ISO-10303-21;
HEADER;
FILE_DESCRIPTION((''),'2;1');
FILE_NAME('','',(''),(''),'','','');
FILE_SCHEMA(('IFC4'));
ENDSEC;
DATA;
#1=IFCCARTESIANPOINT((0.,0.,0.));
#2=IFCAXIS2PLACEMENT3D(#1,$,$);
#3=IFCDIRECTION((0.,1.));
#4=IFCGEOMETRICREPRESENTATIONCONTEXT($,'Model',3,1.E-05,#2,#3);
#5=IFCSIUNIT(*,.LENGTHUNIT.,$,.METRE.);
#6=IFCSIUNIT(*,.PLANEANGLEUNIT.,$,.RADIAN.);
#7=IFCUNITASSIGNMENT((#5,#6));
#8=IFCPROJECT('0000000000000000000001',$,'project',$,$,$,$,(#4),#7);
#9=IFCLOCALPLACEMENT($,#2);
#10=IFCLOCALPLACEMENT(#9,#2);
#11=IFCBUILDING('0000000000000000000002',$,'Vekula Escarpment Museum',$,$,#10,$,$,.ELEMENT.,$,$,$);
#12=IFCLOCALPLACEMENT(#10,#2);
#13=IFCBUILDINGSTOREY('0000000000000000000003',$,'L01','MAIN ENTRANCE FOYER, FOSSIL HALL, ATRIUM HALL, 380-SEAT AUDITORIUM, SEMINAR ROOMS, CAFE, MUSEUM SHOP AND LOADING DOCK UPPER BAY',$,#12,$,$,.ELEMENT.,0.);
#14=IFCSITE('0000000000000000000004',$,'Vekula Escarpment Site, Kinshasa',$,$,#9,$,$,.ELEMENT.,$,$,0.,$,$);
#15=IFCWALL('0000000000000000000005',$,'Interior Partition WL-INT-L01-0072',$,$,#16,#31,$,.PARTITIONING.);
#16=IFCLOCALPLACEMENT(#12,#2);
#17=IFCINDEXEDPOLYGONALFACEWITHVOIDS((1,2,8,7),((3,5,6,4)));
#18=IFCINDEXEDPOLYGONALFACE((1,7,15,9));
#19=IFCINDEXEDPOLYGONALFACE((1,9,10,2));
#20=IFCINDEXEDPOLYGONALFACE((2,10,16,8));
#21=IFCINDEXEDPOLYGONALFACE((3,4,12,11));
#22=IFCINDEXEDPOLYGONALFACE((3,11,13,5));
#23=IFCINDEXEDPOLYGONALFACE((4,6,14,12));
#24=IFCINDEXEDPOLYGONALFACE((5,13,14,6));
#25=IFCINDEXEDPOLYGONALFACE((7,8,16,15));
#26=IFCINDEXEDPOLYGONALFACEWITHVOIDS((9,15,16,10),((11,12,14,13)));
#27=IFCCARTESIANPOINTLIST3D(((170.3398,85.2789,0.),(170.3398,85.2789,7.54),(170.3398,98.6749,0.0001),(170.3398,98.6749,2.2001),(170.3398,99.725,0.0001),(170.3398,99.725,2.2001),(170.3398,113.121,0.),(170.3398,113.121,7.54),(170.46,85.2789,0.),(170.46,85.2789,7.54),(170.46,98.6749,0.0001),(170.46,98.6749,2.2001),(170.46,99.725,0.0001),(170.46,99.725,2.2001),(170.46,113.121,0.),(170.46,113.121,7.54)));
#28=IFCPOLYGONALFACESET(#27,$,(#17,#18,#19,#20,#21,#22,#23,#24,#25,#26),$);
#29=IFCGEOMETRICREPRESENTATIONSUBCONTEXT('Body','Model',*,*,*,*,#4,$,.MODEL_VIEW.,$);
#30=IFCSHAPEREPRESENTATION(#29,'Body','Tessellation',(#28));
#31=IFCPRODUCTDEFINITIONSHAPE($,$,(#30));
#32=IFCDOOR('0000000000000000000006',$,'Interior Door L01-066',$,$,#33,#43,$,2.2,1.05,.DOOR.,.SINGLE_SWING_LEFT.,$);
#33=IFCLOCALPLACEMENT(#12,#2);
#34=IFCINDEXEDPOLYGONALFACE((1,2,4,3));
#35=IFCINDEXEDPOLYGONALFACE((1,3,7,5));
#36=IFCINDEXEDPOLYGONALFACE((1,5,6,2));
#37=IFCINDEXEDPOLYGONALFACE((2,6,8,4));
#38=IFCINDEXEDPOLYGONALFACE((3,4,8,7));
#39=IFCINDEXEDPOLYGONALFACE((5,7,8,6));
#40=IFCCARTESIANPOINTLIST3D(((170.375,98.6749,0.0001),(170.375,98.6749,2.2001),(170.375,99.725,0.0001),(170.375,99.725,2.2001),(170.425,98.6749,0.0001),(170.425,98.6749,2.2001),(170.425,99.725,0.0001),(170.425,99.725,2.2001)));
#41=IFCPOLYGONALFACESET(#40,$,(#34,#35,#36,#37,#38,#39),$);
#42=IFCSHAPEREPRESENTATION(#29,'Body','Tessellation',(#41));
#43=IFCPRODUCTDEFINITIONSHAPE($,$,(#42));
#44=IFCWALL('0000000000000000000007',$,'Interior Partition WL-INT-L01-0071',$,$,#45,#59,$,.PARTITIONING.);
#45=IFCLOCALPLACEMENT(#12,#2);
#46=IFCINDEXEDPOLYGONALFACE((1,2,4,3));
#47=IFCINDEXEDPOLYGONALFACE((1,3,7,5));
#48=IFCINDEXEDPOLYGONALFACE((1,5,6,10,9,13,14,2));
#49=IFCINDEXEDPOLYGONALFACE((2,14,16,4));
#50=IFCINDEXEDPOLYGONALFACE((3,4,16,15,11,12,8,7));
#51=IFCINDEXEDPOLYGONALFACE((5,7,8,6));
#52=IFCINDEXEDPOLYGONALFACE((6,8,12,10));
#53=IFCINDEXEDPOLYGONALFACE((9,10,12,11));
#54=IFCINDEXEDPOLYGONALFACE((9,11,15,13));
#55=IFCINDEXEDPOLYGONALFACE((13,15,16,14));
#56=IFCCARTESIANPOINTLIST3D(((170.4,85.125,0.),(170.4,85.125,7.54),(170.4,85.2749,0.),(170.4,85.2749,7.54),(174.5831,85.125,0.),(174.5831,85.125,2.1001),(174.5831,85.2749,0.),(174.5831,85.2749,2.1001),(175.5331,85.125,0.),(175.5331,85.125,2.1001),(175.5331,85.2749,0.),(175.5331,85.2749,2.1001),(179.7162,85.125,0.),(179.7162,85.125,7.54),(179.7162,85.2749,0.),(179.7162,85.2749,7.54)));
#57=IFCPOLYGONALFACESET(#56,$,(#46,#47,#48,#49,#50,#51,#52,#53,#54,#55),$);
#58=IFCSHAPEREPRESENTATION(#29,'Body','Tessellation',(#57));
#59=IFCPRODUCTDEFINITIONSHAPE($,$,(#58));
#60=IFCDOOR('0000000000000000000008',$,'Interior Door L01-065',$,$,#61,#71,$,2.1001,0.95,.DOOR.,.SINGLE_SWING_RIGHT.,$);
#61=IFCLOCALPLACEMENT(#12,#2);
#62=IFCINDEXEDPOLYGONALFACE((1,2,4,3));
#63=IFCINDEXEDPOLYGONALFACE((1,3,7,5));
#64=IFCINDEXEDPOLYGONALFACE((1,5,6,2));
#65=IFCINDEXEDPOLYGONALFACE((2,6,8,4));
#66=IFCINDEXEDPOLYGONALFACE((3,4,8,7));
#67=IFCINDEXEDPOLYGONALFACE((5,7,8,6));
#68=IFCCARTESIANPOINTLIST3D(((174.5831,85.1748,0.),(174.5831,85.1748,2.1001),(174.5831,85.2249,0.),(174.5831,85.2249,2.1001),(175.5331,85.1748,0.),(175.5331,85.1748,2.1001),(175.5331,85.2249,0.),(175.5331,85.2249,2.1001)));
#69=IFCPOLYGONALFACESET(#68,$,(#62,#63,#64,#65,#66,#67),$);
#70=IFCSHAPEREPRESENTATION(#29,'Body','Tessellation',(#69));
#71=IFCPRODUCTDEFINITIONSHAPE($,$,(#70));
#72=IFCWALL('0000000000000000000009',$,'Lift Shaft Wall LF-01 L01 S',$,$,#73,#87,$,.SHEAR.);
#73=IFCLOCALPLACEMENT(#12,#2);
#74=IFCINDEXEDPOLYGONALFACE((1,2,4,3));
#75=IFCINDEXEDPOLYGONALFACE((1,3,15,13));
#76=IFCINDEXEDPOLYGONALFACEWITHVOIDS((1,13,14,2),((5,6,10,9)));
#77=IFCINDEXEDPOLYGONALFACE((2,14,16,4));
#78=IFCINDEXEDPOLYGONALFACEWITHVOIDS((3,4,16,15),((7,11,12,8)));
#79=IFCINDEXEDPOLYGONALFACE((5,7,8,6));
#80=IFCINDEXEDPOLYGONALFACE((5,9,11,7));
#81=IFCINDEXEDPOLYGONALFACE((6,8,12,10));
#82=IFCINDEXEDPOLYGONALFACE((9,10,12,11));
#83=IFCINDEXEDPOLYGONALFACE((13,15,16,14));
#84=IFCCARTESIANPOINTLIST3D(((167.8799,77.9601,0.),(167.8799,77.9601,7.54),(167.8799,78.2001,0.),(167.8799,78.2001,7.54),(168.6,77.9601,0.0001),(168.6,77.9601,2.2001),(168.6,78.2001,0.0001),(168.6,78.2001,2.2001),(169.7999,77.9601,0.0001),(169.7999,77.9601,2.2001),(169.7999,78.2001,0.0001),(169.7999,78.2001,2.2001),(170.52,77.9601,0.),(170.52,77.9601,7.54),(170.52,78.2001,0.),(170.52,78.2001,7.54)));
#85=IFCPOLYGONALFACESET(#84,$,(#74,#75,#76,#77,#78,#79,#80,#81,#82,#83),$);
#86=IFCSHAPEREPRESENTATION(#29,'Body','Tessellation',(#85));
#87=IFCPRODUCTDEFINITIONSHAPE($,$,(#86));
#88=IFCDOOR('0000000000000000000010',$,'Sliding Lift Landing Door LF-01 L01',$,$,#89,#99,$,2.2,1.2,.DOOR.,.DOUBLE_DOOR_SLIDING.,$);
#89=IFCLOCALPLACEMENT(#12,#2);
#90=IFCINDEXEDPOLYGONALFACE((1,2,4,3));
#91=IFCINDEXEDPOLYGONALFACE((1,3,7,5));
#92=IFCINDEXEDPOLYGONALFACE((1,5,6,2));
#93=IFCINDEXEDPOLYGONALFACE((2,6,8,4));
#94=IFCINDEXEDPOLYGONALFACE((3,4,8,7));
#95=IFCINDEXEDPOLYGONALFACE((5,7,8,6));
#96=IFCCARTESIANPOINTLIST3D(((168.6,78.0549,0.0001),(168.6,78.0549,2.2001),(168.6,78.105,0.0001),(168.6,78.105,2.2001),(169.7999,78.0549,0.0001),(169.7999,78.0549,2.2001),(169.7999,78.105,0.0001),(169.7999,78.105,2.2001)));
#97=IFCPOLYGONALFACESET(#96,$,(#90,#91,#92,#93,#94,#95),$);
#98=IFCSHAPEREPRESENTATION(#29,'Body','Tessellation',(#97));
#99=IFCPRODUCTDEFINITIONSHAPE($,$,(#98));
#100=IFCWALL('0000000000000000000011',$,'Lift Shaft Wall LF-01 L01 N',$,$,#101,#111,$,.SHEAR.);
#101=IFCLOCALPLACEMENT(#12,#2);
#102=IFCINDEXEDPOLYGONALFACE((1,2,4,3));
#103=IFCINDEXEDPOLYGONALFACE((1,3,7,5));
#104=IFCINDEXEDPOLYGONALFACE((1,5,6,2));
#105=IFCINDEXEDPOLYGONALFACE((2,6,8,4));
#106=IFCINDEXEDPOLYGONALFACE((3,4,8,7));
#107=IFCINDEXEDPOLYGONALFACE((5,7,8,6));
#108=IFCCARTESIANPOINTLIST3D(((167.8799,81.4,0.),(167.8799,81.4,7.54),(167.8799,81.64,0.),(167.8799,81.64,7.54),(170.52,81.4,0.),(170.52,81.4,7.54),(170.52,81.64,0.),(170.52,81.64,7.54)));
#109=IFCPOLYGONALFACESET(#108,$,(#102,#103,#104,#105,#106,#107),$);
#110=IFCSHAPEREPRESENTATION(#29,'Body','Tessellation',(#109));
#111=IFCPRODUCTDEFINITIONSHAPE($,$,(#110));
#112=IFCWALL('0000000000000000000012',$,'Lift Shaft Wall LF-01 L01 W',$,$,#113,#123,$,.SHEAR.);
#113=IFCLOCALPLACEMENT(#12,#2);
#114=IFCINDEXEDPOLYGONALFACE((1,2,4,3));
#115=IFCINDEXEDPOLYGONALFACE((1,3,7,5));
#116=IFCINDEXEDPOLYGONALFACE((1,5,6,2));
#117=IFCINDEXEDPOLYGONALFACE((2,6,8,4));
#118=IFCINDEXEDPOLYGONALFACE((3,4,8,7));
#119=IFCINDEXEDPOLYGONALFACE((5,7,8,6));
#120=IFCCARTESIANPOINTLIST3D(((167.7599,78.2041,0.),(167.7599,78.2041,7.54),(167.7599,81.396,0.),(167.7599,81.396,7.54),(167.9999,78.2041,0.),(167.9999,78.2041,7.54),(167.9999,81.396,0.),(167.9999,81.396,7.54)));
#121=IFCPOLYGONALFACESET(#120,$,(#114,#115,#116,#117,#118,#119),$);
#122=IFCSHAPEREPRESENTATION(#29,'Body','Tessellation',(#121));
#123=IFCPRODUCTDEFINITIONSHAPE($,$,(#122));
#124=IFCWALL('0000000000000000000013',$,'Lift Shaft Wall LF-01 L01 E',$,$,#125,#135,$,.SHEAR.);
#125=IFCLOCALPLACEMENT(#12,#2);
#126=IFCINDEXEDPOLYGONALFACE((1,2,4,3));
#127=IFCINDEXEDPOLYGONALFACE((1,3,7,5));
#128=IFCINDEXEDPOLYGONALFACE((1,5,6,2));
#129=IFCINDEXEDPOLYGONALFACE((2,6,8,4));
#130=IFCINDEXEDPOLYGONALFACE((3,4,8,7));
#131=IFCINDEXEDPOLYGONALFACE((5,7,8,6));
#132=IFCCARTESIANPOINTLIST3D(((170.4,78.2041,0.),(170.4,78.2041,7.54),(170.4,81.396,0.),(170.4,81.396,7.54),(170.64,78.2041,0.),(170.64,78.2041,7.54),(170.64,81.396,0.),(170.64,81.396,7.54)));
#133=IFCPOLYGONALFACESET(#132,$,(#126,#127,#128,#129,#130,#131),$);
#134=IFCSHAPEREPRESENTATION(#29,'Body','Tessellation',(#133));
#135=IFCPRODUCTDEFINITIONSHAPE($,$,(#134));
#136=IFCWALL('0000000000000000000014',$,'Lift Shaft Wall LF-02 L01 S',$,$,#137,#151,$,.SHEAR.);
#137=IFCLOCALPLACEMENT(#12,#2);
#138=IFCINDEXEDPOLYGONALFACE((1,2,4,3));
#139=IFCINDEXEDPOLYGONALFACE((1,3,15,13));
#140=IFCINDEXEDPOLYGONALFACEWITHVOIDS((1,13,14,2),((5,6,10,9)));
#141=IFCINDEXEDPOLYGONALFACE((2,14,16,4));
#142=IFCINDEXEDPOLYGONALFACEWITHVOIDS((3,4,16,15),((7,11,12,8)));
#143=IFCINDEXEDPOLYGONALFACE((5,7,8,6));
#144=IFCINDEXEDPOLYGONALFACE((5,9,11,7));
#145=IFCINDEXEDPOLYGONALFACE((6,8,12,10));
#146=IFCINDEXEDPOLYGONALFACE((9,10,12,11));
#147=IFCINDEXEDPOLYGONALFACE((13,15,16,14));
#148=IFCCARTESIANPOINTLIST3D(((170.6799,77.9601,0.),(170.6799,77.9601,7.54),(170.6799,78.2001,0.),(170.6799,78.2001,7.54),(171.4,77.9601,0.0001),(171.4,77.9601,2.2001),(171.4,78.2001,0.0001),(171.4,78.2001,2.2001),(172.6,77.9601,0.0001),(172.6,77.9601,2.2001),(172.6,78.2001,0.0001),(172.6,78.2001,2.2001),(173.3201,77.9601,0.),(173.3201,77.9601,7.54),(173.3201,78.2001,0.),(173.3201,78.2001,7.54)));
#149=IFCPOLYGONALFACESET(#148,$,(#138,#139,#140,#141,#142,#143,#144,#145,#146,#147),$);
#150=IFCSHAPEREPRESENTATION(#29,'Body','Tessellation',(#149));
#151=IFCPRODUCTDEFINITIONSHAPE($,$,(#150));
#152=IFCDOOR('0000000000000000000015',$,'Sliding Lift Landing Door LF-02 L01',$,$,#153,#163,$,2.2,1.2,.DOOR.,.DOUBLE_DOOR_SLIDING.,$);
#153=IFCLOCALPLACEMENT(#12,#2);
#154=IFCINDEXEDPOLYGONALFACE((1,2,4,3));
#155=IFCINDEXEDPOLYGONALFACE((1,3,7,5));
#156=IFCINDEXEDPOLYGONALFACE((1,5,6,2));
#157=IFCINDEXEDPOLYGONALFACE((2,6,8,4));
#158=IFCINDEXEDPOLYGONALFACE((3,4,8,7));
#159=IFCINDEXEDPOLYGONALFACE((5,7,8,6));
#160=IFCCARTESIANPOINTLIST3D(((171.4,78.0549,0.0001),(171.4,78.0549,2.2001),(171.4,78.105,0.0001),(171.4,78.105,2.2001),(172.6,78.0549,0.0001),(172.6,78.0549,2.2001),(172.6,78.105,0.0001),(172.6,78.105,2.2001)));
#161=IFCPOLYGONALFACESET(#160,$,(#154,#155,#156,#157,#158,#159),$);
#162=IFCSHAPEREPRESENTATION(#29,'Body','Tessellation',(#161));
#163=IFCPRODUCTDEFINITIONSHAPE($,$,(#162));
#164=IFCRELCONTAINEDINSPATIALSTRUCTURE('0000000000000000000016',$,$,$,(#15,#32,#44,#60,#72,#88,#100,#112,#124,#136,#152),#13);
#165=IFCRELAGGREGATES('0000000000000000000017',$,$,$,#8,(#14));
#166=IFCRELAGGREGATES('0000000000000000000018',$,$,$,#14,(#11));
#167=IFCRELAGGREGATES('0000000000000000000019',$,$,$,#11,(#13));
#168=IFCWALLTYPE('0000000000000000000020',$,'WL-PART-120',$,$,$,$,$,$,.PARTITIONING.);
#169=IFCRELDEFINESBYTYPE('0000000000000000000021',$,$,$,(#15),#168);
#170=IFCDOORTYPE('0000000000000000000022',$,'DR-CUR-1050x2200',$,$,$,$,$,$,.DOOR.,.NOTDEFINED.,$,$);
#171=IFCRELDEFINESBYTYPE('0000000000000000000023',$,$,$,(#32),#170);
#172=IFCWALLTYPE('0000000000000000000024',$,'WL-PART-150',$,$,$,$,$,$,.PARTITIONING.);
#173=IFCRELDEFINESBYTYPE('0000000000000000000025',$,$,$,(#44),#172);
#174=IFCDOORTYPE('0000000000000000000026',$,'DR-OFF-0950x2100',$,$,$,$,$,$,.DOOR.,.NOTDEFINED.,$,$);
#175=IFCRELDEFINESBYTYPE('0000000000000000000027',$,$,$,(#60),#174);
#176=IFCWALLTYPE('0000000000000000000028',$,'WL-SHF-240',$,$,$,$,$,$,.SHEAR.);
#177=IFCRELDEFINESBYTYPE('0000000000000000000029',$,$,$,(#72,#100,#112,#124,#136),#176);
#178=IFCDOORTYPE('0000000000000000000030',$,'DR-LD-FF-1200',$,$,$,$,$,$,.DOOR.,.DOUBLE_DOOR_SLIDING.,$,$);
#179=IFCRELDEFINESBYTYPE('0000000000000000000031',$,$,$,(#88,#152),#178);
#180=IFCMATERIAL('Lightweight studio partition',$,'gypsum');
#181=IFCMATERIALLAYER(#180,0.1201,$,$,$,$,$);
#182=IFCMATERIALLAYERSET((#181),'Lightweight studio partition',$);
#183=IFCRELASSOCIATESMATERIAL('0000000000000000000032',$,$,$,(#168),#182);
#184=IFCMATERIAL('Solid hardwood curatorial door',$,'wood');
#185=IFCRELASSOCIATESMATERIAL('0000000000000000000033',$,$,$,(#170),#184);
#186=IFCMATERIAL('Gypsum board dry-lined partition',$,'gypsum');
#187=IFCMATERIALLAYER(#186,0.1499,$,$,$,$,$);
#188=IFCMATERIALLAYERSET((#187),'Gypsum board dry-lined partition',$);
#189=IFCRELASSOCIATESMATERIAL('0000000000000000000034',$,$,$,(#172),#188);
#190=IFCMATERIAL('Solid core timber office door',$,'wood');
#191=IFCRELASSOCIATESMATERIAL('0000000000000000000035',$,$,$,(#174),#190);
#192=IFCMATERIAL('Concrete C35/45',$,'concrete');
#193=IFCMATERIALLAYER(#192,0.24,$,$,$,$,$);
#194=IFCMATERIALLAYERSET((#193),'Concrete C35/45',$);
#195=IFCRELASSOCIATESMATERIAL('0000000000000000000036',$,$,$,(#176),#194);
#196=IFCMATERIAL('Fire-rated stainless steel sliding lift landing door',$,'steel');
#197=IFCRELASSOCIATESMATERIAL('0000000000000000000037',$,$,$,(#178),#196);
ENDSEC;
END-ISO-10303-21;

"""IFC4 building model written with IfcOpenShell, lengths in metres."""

from ifc_helpers import new_model, si_unit, direction, frame, frame_2d, origin, place, context, subcontext, project, spatial, rectangle, extrude, material, layer, layer_set, type_object, element, fill, save


model = new_model("IFC4")

# Units and contexts
model_context = context("Model", 3, precision=1e-05, world=origin(), true_north=direction((0.0, 1.0)))
body_context = subcontext(model_context, "Body", "Model", "MODEL_VIEW")
ifc_project = project(units=[si_unit("LENGTHUNIT", "METRE"), si_unit("PLANEANGLEUNIT", "RADIAN")], contexts=[model_context])

# Site, building, storey
site_placement = place(None, origin())
site = spatial("IfcSite", under=ifc_project, at=site_placement, Name="Vekula Escarpment Site, Kinshasa", CompositionType="ELEMENT", RefElevation=0.0)
building_placement = place(site_placement, origin())
building = spatial("IfcBuilding", under=site, at=building_placement, Name="Vekula Escarpment Museum", CompositionType="ELEMENT")
storey_placement = place(building_placement, origin())
storey = spatial("IfcBuildingStorey", under=building, at=storey_placement, Name="L01", Description="MAIN ENTRANCE FOYER, FOSSIL HALL, ATRIUM HALL, 380-SEAT AUDITORIUM, SEMINAR ROOMS, CAFE, MUSEUM SHOP AND LOADING DOCK UPPER BAY", CompositionType="ELEMENT", Elevation=0.0)

# Walls, openings, doors
ifc_material_1 = material(Name="Lightweight studio partition", Category="gypsum")
ifc_layer_1 = layer(ifc_material_1, 0.1201)
ifc_layer_set_1 = layer_set([ifc_layer_1], Name="Lightweight studio partition")
wall_type_1 = type_object("IfcWallType", Name="WL-PART-120", PredefinedType="PARTITIONING", material=ifc_layer_set_1)
wall_1_placement = place(storey_placement, frame((170.3999, 85.2791, 0.0), z_axis=(0.0, 0.0, 1.0), x_axis=(0.0, 1.0, 0.0)))
wall_1 = element("IfcWall", 1, at=wall_1_placement, inside=storey, type_object=wall_type_1, Name="Interior Partition WL-INT-L01-0072", PredefinedType="PARTITIONING", context=body_context, shape_type="SweptSolid", body=[
    extrude(rectangle(XDim=27.842, YDim=0.1201, at=frame_2d((13.9209, 0.0))), origin(), (0.0, 0.0, 1.0), 7.54),
])
opening_1_placement = place(wall_1_placement, frame((13.396, 0.0, 0.0)))
opening_1 = element("IfcOpeningElement", 2, at=opening_1_placement, cuts=wall_1, PredefinedType="OPENING", context=body_context, shape_type="SweptSolid", body=[
    extrude(rectangle(XDim=1.05, YDim=2.2, at=frame_2d((0.5249, 1.1001))), frame((0.0, 0.0701, 0.0), z_axis=(0.0, -1.0, 0.0), x_axis=(1.0, 0.0, 0.0)), (0.0, 0.0, 1.0), 0.1401),
])
ifc_material_2 = material(Name="Solid hardwood curatorial door", Category="wood")
door_type_1 = type_object("IfcDoorType", Name="DR-CUR-1050x2200", OperationType="NOTDEFINED", PredefinedType="DOOR", material=ifc_material_2)
door_1_placement = place(opening_1_placement, origin())
door_1 = element("IfcDoor", 3, at=door_1_placement, inside=storey, type_object=door_type_1, Name="Interior Door L01-066", OperationType="SINGLE_SWING_LEFT", OverallHeight=2.2, OverallWidth=1.05, PredefinedType="DOOR", context=body_context, shape_type="SweptSolid", body=[
    extrude(rectangle(XDim=1.05, YDim=2.2, at=frame_2d((0.5249, 1.1001))), frame((0.0, 0.0249, 0.0), z_axis=(0.0, -1.0, 0.0), x_axis=(1.0, 0.0, 0.0)), (0.0, 0.0, 1.0), 0.05),
])
fill(opening_1, door_1)
ifc_material_3 = material(Name="Gypsum board dry-lined partition", Category="gypsum")
ifc_layer_2 = layer(ifc_material_3, 0.1499)
ifc_layer_set_2 = layer_set([ifc_layer_2], Name="Gypsum board dry-lined partition")
wall_type_2 = type_object("IfcWallType", Name="WL-PART-150", PredefinedType="PARTITIONING", material=ifc_layer_set_2)
wall_2_placement = place(storey_placement, frame((170.3999, 85.2, 0.0), z_axis=(0.0, 0.0, 1.0), x_axis=(1.0, 0.0, 0.0)))
wall_2 = element("IfcWall", 4, at=wall_2_placement, inside=storey, type_object=wall_type_2, Name="Interior Partition WL-INT-L01-0071", PredefinedType="PARTITIONING", context=body_context, shape_type="SweptSolid", body=[
    extrude(rectangle(XDim=9.3162, YDim=0.1499, at=frame_2d((4.6582, 0.0))), origin(), (0.0, 0.0, 1.0), 7.54),
])
opening_2_placement = place(wall_2_placement, frame((4.1831, 0.0, 0.0)))
opening_2 = element("IfcOpeningElement", 5, at=opening_2_placement, cuts=wall_2, PredefinedType="OPENING", context=body_context, shape_type="SweptSolid", body=[
    extrude(rectangle(XDim=0.95, YDim=2.1001, at=frame_2d((0.4751, 1.05))), frame((0.0, 0.085, 0.0), z_axis=(0.0, -1.0, 0.0), x_axis=(1.0, 0.0, 0.0)), (0.0, 0.0, 1.0), 0.1699),
])
ifc_material_4 = material(Name="Solid core timber office door", Category="wood")
door_type_2 = type_object("IfcDoorType", Name="DR-OFF-0950x2100", OperationType="NOTDEFINED", PredefinedType="DOOR", material=ifc_material_4)
door_2_placement = place(opening_2_placement, origin())
door_2 = element("IfcDoor", 6, at=door_2_placement, inside=storey, type_object=door_type_2, Name="Interior Door L01-065", OperationType="SINGLE_SWING_RIGHT", OverallHeight=2.1001, OverallWidth=0.95, PredefinedType="DOOR", context=body_context, shape_type="SweptSolid", body=[
    extrude(rectangle(XDim=0.95, YDim=2.1001, at=frame_2d((0.4751, 1.05))), frame((0.0, 0.0249, 0.0), z_axis=(0.0, -1.0, 0.0), x_axis=(1.0, 0.0, 0.0)), (0.0, 0.0, 1.0), 0.05),
])
fill(opening_2, door_2)
ifc_material_5 = material(Name="Concrete C35/45", Category="concrete")
ifc_layer_3 = layer(ifc_material_5, 0.24)
ifc_layer_set_3 = layer_set([ifc_layer_3], Name="Concrete C35/45")
wall_type_3 = type_object("IfcWallType", Name="WL-SHF-240", PredefinedType="SHEAR", material=ifc_layer_set_3)
wall_3_placement = place(storey_placement, frame((167.8799, 78.0801, 0.0), z_axis=(0.0, 0.0, 1.0), x_axis=(1.0, 0.0, 0.0)))
wall_3 = element("IfcWall", 7, at=wall_3_placement, inside=storey, type_object=wall_type_3, Name="Lift Shaft Wall LF-01 L01 S", PredefinedType="SHEAR", context=body_context, shape_type="SweptSolid", body=[
    extrude(rectangle(XDim=2.6401, YDim=0.24, at=frame_2d((1.3201, 0.0))), origin(), (0.0, 0.0, 1.0), 7.54),
])
opening_3_placement = place(wall_3_placement, frame((0.72, 0.0, 0.0)))
opening_3 = element("IfcOpeningElement", 8, at=opening_3_placement, cuts=wall_3, PredefinedType="OPENING", context=body_context, shape_type="SweptSolid", body=[
    extrude(rectangle(XDim=1.2, YDim=2.2, at=frame_2d((0.6001, 1.1001))), frame((0.0, 0.1299, 0.0), z_axis=(0.0, -1.0, 0.0), x_axis=(1.0, 0.0, 0.0)), (0.0, 0.0, 1.0), 0.26),
])
ifc_material_6 = material(Name="Fire-rated stainless steel sliding lift landing door", Category="steel")
door_type_3 = type_object("IfcDoorType", Name="DR-LD-FF-1200", OperationType="DOUBLE_DOOR_SLIDING", PredefinedType="DOOR", material=ifc_material_6)
door_3_placement = place(opening_3_placement, origin())
door_3 = element("IfcDoor", 9, at=door_3_placement, inside=storey, type_object=door_type_3, Name="Sliding Lift Landing Door LF-01 L01", OperationType="DOUBLE_DOOR_SLIDING", OverallHeight=2.2, OverallWidth=1.2, PredefinedType="DOOR", context=body_context, shape_type="SweptSolid", body=[
    extrude(rectangle(XDim=1.2, YDim=2.2, at=frame_2d((0.6001, 1.1001))), frame((0.0, 0.0249, 0.0), z_axis=(0.0, -1.0, 0.0), x_axis=(1.0, 0.0, 0.0)), (0.0, 0.0, 1.0), 0.05),
])
fill(opening_3, door_3)

# Walls
wall_4_placement = place(storey_placement, frame((167.8799, 81.52, 0.0), z_axis=(0.0, 0.0, 1.0), x_axis=(1.0, 0.0, 0.0)))
element("IfcWall", 10, at=wall_4_placement, inside=storey, type_object=wall_type_3, Name="Lift Shaft Wall LF-01 L01 N", PredefinedType="SHEAR", context=body_context, shape_type="SweptSolid", body=[
    extrude(rectangle(XDim=2.6401, YDim=0.24, at=frame_2d((1.3201, 0.0))), origin(), (0.0, 0.0, 1.0), 7.54),
])
for number, where, z_axis, x_axis, name in (
    (11, (167.8799, 78.2041, 0.0), (0.0, 0.0, 1.0), (0.0, 1.0, 0.0), "Lift Shaft Wall LF-01 L01 W"),
    (12, (170.52, 78.2041, 0.0), (0.0, 0.0, 1.0), (0.0, 1.0, 0.0), "Lift Shaft Wall LF-01 L01 E"),
):
    element("IfcWall", number, at=place(storey_placement, frame(where, z_axis=z_axis, x_axis=x_axis)), inside=storey, type_object=wall_type_3, Name=name, PredefinedType="SHEAR", context=body_context, shape_type="SweptSolid", body=[
        extrude(rectangle(XDim=3.1919, YDim=0.24, at=frame_2d((1.5959, 0.0))), origin(), (0.0, 0.0, 1.0), 7.54),
    ])

# Wall, opening, door
wall_5_placement = place(storey_placement, frame((170.6799, 78.0801, 0.0), z_axis=(0.0, 0.0, 1.0), x_axis=(1.0, 0.0, 0.0)))
wall_5 = element("IfcWall", 13, at=wall_5_placement, inside=storey, type_object=wall_type_3, Name="Lift Shaft Wall LF-02 L01 S", PredefinedType="SHEAR", context=body_context, shape_type="SweptSolid", body=[
    extrude(rectangle(XDim=2.6401, YDim=0.24, at=frame_2d((1.3201, 0.0))), origin(), (0.0, 0.0, 1.0), 7.54),
])
opening_4_placement = place(wall_5_placement, frame((0.72, 0.0, 0.0)))
opening_4 = element("IfcOpeningElement", 14, at=opening_4_placement, cuts=wall_5, PredefinedType="OPENING", context=body_context, shape_type="SweptSolid", body=[
    extrude(rectangle(XDim=1.2, YDim=2.2, at=frame_2d((0.6001, 1.1001))), frame((0.0, 0.1299, 0.0), z_axis=(0.0, -1.0, 0.0), x_axis=(1.0, 0.0, 0.0)), (0.0, 0.0, 1.0), 0.26),
])
door_4_placement = place(opening_4_placement, origin())
door_4 = element("IfcDoor", 15, at=door_4_placement, inside=storey, type_object=door_type_3, Name="Sliding Lift Landing Door LF-02 L01", OperationType="DOUBLE_DOOR_SLIDING", OverallHeight=2.2, OverallWidth=1.2, PredefinedType="DOOR", context=body_context, shape_type="SweptSolid", body=[
    extrude(rectangle(XDim=1.2, YDim=2.2, at=frame_2d((0.6001, 1.1001))), frame((0.0, 0.0249, 0.0), z_axis=(0.0, -1.0, 0.0), x_axis=(1.0, 0.0, 0.0)), (0.0, 0.0, 1.0), 0.05),
])
fill(opening_4, door_4)

save(model, "model.ifc")
